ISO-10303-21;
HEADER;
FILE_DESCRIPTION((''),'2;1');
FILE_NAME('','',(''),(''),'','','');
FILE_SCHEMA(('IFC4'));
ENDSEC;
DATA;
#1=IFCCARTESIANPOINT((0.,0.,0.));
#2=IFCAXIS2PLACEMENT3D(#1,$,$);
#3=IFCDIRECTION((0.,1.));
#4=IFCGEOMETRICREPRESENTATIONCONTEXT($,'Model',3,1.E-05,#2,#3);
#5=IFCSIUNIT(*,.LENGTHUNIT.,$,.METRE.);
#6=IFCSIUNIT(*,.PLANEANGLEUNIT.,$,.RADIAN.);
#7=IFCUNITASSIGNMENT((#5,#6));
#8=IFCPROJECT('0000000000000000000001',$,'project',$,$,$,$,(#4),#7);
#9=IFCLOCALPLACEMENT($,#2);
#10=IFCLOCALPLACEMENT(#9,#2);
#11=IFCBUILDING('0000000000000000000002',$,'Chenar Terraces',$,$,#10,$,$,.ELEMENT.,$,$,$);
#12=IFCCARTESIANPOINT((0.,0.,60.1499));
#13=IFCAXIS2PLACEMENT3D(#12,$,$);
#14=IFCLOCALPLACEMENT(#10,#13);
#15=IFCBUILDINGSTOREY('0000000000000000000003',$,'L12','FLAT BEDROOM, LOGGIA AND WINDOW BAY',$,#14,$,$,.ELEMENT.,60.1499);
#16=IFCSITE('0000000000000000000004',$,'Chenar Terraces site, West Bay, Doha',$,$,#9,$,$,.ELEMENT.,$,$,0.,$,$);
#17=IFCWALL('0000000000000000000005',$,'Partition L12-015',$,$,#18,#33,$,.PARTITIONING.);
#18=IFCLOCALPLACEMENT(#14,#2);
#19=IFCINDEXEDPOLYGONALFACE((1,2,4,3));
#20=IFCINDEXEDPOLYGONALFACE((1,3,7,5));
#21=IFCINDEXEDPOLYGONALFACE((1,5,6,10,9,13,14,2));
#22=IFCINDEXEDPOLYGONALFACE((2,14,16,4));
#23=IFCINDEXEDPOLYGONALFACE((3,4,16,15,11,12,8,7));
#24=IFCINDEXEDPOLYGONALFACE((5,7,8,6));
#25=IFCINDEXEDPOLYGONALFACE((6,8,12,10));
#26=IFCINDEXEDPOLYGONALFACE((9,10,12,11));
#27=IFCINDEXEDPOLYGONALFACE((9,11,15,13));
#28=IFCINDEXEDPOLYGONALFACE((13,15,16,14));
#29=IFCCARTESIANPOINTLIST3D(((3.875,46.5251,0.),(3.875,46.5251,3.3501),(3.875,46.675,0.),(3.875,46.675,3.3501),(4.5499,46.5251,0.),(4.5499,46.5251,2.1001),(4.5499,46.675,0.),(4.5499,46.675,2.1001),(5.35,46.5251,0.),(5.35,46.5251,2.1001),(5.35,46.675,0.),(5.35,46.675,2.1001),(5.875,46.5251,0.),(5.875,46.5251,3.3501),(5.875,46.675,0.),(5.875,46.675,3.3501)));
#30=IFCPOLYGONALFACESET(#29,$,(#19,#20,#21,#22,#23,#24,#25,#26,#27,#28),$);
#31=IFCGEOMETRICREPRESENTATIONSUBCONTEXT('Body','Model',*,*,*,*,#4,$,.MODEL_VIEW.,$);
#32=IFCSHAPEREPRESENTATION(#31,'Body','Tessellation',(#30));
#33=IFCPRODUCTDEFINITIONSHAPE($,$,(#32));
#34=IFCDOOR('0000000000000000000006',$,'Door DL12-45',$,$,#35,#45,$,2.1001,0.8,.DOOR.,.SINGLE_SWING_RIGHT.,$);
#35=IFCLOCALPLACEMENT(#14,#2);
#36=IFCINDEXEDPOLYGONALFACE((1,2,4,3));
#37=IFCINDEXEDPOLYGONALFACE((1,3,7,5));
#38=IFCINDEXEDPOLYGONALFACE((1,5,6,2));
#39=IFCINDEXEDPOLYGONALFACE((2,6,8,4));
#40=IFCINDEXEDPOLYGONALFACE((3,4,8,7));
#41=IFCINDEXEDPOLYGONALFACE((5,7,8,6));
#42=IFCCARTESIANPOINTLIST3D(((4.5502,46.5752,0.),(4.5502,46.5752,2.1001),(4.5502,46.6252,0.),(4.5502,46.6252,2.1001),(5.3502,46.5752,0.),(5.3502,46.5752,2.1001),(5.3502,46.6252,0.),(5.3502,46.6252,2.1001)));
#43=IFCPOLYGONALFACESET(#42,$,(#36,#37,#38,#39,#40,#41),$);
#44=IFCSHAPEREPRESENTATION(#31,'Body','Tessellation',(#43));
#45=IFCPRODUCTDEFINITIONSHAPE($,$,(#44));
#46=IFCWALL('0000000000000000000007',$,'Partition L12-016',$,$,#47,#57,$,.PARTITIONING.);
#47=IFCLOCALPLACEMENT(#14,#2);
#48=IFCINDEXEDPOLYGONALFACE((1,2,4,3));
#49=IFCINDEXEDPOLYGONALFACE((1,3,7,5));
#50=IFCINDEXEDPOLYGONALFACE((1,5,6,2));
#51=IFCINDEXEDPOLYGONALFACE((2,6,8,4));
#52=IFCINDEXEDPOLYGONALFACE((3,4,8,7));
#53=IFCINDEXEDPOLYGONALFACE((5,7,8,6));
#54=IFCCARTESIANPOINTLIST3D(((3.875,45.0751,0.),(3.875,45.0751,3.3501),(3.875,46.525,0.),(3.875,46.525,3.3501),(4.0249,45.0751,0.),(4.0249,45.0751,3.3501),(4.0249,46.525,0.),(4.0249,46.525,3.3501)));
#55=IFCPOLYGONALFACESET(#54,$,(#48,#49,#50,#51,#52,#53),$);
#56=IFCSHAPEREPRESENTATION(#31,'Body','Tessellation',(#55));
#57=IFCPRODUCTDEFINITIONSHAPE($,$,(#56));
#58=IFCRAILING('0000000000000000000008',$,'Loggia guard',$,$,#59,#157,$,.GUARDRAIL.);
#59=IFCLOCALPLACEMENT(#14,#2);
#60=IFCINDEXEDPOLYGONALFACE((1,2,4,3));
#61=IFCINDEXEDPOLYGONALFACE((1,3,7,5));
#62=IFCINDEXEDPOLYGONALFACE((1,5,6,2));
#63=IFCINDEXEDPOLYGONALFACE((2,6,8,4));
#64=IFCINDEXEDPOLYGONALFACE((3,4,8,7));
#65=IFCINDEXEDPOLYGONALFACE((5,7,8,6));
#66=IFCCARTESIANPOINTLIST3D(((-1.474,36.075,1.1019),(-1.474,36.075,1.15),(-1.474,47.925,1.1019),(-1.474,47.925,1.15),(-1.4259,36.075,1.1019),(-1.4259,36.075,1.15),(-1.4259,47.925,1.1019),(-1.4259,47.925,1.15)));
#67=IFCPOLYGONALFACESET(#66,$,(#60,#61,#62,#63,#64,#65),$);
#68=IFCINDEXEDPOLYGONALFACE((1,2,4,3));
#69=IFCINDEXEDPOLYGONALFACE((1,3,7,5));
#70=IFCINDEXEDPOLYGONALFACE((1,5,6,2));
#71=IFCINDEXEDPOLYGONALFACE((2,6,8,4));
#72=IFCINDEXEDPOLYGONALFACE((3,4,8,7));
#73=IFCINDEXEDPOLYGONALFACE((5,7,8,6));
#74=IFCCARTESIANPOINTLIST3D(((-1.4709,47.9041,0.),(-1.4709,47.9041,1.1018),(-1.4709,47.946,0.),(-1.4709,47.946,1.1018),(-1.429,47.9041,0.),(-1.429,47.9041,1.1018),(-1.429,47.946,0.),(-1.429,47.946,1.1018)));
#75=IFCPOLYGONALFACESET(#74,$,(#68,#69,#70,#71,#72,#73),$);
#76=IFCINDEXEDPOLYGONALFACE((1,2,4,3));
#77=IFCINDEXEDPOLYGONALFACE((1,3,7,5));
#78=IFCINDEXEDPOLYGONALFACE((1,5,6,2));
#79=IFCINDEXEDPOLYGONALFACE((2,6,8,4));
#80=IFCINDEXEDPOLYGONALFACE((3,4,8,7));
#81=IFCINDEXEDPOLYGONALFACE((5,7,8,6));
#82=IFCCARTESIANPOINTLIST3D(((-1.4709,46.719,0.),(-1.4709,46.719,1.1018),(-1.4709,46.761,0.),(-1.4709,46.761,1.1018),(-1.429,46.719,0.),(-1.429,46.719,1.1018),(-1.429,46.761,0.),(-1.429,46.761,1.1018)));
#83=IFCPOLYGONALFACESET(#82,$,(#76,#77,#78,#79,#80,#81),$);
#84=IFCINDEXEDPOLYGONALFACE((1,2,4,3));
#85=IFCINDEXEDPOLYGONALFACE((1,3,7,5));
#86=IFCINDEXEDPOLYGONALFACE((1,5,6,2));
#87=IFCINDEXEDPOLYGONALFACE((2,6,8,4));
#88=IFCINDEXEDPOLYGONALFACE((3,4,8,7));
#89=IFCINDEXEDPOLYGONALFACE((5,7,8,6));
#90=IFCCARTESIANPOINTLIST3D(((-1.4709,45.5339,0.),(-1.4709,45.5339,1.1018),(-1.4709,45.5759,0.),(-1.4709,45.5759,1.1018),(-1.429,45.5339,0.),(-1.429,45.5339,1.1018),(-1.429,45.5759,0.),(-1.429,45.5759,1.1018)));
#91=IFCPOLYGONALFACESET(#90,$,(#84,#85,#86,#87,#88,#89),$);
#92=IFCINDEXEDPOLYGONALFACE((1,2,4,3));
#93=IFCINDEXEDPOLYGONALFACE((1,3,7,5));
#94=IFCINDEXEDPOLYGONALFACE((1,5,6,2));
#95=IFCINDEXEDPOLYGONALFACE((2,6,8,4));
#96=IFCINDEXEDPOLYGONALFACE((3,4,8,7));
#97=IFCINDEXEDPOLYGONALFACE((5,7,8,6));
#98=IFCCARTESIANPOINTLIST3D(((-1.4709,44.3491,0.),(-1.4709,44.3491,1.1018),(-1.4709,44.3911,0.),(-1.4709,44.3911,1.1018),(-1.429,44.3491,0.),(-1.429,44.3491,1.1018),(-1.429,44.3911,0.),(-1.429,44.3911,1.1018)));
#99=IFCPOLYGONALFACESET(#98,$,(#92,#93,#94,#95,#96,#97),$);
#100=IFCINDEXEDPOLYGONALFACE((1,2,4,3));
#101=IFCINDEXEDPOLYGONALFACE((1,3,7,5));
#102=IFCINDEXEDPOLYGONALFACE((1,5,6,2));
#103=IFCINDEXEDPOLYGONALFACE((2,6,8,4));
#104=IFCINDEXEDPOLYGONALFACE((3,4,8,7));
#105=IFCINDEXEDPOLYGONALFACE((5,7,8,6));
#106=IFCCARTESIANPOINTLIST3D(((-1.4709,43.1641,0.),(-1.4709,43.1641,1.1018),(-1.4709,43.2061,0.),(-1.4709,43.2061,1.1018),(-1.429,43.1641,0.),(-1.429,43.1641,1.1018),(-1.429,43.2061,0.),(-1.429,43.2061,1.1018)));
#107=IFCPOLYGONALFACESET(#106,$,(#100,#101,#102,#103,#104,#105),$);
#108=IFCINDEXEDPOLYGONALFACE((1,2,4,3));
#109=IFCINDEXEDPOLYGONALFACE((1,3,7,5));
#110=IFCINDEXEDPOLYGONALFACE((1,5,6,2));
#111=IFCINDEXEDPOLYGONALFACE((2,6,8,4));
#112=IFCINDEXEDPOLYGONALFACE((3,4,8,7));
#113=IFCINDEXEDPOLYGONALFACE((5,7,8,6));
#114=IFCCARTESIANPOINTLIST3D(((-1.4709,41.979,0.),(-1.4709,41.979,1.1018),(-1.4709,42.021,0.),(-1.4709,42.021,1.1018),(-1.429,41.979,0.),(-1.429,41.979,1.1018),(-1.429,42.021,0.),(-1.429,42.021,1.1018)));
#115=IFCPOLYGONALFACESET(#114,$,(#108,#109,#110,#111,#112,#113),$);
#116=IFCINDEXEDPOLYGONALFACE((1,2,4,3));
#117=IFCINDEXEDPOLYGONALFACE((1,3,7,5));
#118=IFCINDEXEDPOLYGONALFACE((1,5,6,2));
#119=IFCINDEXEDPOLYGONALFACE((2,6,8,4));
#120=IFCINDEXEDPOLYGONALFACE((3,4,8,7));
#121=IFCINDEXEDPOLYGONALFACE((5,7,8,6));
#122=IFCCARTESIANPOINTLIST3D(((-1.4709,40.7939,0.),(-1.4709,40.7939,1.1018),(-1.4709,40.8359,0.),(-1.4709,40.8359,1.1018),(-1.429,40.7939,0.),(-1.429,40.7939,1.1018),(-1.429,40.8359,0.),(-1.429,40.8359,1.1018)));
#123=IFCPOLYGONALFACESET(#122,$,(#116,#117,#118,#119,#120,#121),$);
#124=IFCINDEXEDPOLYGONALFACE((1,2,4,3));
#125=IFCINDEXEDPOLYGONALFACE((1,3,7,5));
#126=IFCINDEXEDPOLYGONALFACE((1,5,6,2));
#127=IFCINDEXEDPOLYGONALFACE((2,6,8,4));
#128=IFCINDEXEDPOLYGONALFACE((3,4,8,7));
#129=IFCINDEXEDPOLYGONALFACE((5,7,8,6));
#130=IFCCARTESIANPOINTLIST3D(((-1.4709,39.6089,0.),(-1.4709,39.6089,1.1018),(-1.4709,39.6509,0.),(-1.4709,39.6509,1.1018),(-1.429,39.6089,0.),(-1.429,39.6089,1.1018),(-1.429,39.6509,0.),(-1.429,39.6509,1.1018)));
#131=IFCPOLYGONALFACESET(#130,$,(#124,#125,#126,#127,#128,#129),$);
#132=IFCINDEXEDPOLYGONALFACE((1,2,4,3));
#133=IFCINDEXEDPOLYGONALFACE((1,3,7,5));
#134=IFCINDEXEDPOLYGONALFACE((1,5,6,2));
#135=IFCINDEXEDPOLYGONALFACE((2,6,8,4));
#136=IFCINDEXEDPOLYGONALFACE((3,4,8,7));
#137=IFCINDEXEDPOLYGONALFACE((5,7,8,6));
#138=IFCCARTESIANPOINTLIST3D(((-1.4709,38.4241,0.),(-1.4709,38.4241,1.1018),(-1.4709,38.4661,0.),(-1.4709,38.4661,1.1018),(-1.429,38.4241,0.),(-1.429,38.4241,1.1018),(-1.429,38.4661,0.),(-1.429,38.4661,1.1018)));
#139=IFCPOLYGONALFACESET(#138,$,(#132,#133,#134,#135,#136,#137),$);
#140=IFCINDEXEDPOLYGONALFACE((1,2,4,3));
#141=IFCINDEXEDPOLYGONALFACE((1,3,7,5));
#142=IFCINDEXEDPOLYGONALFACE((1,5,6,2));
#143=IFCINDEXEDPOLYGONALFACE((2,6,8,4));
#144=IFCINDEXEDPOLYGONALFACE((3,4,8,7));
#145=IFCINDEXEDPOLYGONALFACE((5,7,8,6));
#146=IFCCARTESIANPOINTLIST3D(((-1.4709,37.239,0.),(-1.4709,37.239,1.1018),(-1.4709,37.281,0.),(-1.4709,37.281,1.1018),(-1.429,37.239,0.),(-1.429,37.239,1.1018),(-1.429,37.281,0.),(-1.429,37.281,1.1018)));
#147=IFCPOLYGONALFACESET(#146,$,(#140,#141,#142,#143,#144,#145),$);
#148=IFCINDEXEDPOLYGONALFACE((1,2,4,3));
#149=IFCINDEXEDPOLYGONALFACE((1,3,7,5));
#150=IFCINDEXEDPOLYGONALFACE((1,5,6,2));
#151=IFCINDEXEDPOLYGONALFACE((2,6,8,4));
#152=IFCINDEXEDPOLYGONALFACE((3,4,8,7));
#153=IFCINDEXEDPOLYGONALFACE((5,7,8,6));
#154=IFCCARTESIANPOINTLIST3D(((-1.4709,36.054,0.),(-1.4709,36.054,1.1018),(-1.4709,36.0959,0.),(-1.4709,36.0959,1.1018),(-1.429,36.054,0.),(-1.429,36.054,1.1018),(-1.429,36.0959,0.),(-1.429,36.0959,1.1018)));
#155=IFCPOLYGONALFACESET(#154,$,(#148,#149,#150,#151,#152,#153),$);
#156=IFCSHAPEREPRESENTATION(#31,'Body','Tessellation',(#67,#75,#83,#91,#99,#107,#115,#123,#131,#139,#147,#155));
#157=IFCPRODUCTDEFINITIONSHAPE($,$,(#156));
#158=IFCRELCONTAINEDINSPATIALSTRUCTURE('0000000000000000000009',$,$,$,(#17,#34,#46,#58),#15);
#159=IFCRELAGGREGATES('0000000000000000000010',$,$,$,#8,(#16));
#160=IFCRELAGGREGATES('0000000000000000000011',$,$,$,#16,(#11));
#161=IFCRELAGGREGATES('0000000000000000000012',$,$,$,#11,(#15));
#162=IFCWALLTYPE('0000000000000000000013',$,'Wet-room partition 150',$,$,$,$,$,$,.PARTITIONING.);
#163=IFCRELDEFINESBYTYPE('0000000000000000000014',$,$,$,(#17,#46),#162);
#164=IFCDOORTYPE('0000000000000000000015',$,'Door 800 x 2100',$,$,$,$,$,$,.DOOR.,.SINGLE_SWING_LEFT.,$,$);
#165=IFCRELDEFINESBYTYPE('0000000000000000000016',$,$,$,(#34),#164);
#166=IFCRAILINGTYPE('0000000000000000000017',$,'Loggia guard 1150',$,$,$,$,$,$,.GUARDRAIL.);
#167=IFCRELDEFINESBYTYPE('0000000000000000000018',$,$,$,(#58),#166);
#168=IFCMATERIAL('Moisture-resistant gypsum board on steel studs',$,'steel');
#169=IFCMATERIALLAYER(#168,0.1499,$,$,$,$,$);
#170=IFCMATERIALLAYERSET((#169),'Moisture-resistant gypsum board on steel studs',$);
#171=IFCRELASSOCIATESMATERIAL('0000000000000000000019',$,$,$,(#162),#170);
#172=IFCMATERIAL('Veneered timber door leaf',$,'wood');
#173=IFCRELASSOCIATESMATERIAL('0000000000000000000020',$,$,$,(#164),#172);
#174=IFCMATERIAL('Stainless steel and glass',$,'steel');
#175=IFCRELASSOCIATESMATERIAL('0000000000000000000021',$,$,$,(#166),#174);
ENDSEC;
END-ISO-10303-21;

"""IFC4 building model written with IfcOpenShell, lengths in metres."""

from ifc_helpers import new_model, si_unit, direction, frame, frame_2d, origin, origin_2d, place, context, subcontext, project, spatial, rectangle, extrude, material, layer, layer_set, type_object, element, fill, save


model = new_model("IFC4")

# Units and contexts
model_context = context("Model", 3, precision=1e-05, world=origin(), true_north=direction((0.0, 1.0)))
body_context = subcontext(model_context, "Body", "Model", "MODEL_VIEW")
ifc_project = project(units=[si_unit("LENGTHUNIT", "METRE"), si_unit("PLANEANGLEUNIT", "RADIAN")], contexts=[model_context])

# Site, building, storey
site_placement = place(None, origin())
site = spatial("IfcSite", under=ifc_project, at=site_placement, Name="Chenar Terraces site, West Bay, Doha", CompositionType="ELEMENT", RefElevation=0.0)
building_placement = place(site_placement, origin())
building = spatial("IfcBuilding", under=site, at=building_placement, Name="Chenar Terraces", CompositionType="ELEMENT")
storey_placement = place(building_placement, frame((0.0, 0.0, 60.1499)))
storey = spatial("IfcBuildingStorey", under=building, at=storey_placement, Name="L12", Description="FLAT BEDROOM, LOGGIA AND WINDOW BAY", CompositionType="ELEMENT", Elevation=60.1499)

# Shared definitions
ifc_material_1 = material(Name="Moisture-resistant gypsum board on steel studs", Category="steel")
ifc_layer_1 = layer(ifc_material_1, 0.1499)
ifc_layer_set_1 = layer_set([ifc_layer_1], Name="Moisture-resistant gypsum board on steel studs")
wall_type_1 = type_object("IfcWallType", Name="Wet-room partition 150", PredefinedType="PARTITIONING", material=ifc_layer_set_1)

# Wall, opening, door
wall_1_placement = place(storey_placement, frame((3.875, 46.6001, 0.0), z_axis=(0.0, 0.0, 1.0), x_axis=(1.0, 0.0, 0.0)))
wall_1 = element("IfcWall", 1, at=wall_1_placement, inside=storey, type_object=wall_type_1, Name="Partition L12-015", PredefinedType="PARTITIONING", context=body_context, shape_type="SweptSolid", body=[
    extrude(rectangle(XDim=2.0, YDim=0.1499, at=frame_2d((1.0, 0.0))), origin(), (0.0, 0.0, 1.0), 3.3501),
])
opening_1_placement = place(wall_1_placement, frame((0.675, 0.0, 0.0)))
opening_1 = element("IfcOpeningElement", 2, at=opening_1_placement, cuts=wall_1, PredefinedType="OPENING", context=body_context, shape_type="SweptSolid", body=[
    extrude(rectangle(XDim=0.8, YDim=2.1001, at=frame_2d((0.3999, 1.05))), frame((0.0, 0.085, 0.0), z_axis=(0.0, -1.0, 0.0), x_axis=(1.0, 0.0, 0.0)), (0.0, 0.0, 1.0), 0.1699),
])
ifc_material_2 = material(Name="Veneered timber door leaf", Category="wood")
door_type_1 = type_object("IfcDoorType", Name="Door 800 x 2100", OperationType="SINGLE_SWING_LEFT", PredefinedType="DOOR", material=ifc_material_2)
door_1_placement = place(opening_1_placement, frame((0.8, 0.0, 0.0), z_axis=(0.0, 0.0, 1.0), x_axis=(-1.0, 0.0, 0.0)))
door_1 = element("IfcDoor", 3, at=door_1_placement, inside=storey, type_object=door_type_1, Name="Door DL12-45", OperationType="SINGLE_SWING_RIGHT", OverallHeight=2.1001, OverallWidth=0.8, PredefinedType="DOOR", context=body_context, shape_type="SweptSolid", body=[
    extrude(rectangle(XDim=0.8, YDim=2.1001, at=frame_2d((0.3999, 1.05))), frame((0.0, 0.0249, 0.0), z_axis=(0.0, -1.0, 0.0), x_axis=(1.0, 0.0, 0.0)), (0.0, 0.0, 1.0), 0.05),
])
fill(opening_1, door_1)

# Wall
wall_2_placement = place(storey_placement, frame((3.95, 45.075, 0.0), z_axis=(0.0, 0.0, 1.0), x_axis=(0.0, 1.0, 0.0)))
element("IfcWall", 4, at=wall_2_placement, inside=storey, type_object=wall_type_1, Name="Partition L12-016", PredefinedType="PARTITIONING", context=body_context, shape_type="SweptSolid", body=[
    extrude(rectangle(XDim=1.45, YDim=0.1499, at=frame_2d((0.7251, 0.0))), origin(), (0.0, 0.0, 1.0), 3.3501),
])

# Railing
ifc_material_3 = material(Name="Stainless steel and glass", Category="steel")
railing_type = type_object("IfcRailingType", Name="Loggia guard 1150", PredefinedType="GUARDRAIL", material=ifc_material_3)
railing_placement = place(storey_placement, frame((-1.45, 47.925, 0.0)))
element("IfcRailing", 5, at=railing_placement, inside=storey, type_object=railing_type, Name="Loggia guard", PredefinedType="GUARDRAIL", context=body_context, shape_type="SweptSolid", body=[
    extrude(rectangle(XDim=0.0481, YDim=0.0481, at=origin_2d()), frame((0.0, 0.0, 1.126), z_axis=(0.0, -1.0, 0.0), x_axis=(1.0, 0.0, 0.0)), (0.0, 0.0, 1.0), 11.8501),
    extrude(rectangle(XDim=0.042, YDim=0.042, at=origin_2d()), origin(), (0.0, 0.0, 1.0), 1.1018),
    extrude(rectangle(XDim=0.042, YDim=0.042, at=origin_2d()), frame((0.0, -1.1851, 0.0)), (0.0, 0.0, 1.0), 1.1018),
    extrude(rectangle(XDim=0.042, YDim=0.042, at=origin_2d()), frame((0.0, -2.3701, 0.0)), (0.0, 0.0, 1.0), 1.1018),
    extrude(rectangle(XDim=0.042, YDim=0.042, at=origin_2d()), frame((0.0, -3.5549, 0.0)), (0.0, 0.0, 1.0), 1.1018),
    extrude(rectangle(XDim=0.042, YDim=0.042, at=origin_2d()), frame((0.0, -4.74, 0.0)), (0.0, 0.0, 1.0), 1.1018),
    extrude(rectangle(XDim=0.042, YDim=0.042, at=origin_2d()), frame((0.0, -5.925, 0.0)), (0.0, 0.0, 1.0), 1.1018),
    extrude(rectangle(XDim=0.042, YDim=0.042, at=origin_2d()), frame((0.0, -7.1101, 0.0)), (0.0, 0.0, 1.0), 1.1018),
    extrude(rectangle(XDim=0.042, YDim=0.042, at=origin_2d()), frame((0.0, -8.2952, 0.0)), (0.0, 0.0, 1.0), 1.1018),
    extrude(rectangle(XDim=0.042, YDim=0.042, at=origin_2d()), frame((0.0, -9.48, 0.0)), (0.0, 0.0, 1.0), 1.1018),
    extrude(rectangle(XDim=0.042, YDim=0.042, at=origin_2d()), frame((0.0, -10.665, 0.0)), (0.0, 0.0, 1.0), 1.1018),
    extrude(rectangle(XDim=0.042, YDim=0.042, at=origin_2d()), frame((0.0, -11.8501, 0.0)), (0.0, 0.0, 1.0), 1.1018),
])

save(model, "model.ifc")
